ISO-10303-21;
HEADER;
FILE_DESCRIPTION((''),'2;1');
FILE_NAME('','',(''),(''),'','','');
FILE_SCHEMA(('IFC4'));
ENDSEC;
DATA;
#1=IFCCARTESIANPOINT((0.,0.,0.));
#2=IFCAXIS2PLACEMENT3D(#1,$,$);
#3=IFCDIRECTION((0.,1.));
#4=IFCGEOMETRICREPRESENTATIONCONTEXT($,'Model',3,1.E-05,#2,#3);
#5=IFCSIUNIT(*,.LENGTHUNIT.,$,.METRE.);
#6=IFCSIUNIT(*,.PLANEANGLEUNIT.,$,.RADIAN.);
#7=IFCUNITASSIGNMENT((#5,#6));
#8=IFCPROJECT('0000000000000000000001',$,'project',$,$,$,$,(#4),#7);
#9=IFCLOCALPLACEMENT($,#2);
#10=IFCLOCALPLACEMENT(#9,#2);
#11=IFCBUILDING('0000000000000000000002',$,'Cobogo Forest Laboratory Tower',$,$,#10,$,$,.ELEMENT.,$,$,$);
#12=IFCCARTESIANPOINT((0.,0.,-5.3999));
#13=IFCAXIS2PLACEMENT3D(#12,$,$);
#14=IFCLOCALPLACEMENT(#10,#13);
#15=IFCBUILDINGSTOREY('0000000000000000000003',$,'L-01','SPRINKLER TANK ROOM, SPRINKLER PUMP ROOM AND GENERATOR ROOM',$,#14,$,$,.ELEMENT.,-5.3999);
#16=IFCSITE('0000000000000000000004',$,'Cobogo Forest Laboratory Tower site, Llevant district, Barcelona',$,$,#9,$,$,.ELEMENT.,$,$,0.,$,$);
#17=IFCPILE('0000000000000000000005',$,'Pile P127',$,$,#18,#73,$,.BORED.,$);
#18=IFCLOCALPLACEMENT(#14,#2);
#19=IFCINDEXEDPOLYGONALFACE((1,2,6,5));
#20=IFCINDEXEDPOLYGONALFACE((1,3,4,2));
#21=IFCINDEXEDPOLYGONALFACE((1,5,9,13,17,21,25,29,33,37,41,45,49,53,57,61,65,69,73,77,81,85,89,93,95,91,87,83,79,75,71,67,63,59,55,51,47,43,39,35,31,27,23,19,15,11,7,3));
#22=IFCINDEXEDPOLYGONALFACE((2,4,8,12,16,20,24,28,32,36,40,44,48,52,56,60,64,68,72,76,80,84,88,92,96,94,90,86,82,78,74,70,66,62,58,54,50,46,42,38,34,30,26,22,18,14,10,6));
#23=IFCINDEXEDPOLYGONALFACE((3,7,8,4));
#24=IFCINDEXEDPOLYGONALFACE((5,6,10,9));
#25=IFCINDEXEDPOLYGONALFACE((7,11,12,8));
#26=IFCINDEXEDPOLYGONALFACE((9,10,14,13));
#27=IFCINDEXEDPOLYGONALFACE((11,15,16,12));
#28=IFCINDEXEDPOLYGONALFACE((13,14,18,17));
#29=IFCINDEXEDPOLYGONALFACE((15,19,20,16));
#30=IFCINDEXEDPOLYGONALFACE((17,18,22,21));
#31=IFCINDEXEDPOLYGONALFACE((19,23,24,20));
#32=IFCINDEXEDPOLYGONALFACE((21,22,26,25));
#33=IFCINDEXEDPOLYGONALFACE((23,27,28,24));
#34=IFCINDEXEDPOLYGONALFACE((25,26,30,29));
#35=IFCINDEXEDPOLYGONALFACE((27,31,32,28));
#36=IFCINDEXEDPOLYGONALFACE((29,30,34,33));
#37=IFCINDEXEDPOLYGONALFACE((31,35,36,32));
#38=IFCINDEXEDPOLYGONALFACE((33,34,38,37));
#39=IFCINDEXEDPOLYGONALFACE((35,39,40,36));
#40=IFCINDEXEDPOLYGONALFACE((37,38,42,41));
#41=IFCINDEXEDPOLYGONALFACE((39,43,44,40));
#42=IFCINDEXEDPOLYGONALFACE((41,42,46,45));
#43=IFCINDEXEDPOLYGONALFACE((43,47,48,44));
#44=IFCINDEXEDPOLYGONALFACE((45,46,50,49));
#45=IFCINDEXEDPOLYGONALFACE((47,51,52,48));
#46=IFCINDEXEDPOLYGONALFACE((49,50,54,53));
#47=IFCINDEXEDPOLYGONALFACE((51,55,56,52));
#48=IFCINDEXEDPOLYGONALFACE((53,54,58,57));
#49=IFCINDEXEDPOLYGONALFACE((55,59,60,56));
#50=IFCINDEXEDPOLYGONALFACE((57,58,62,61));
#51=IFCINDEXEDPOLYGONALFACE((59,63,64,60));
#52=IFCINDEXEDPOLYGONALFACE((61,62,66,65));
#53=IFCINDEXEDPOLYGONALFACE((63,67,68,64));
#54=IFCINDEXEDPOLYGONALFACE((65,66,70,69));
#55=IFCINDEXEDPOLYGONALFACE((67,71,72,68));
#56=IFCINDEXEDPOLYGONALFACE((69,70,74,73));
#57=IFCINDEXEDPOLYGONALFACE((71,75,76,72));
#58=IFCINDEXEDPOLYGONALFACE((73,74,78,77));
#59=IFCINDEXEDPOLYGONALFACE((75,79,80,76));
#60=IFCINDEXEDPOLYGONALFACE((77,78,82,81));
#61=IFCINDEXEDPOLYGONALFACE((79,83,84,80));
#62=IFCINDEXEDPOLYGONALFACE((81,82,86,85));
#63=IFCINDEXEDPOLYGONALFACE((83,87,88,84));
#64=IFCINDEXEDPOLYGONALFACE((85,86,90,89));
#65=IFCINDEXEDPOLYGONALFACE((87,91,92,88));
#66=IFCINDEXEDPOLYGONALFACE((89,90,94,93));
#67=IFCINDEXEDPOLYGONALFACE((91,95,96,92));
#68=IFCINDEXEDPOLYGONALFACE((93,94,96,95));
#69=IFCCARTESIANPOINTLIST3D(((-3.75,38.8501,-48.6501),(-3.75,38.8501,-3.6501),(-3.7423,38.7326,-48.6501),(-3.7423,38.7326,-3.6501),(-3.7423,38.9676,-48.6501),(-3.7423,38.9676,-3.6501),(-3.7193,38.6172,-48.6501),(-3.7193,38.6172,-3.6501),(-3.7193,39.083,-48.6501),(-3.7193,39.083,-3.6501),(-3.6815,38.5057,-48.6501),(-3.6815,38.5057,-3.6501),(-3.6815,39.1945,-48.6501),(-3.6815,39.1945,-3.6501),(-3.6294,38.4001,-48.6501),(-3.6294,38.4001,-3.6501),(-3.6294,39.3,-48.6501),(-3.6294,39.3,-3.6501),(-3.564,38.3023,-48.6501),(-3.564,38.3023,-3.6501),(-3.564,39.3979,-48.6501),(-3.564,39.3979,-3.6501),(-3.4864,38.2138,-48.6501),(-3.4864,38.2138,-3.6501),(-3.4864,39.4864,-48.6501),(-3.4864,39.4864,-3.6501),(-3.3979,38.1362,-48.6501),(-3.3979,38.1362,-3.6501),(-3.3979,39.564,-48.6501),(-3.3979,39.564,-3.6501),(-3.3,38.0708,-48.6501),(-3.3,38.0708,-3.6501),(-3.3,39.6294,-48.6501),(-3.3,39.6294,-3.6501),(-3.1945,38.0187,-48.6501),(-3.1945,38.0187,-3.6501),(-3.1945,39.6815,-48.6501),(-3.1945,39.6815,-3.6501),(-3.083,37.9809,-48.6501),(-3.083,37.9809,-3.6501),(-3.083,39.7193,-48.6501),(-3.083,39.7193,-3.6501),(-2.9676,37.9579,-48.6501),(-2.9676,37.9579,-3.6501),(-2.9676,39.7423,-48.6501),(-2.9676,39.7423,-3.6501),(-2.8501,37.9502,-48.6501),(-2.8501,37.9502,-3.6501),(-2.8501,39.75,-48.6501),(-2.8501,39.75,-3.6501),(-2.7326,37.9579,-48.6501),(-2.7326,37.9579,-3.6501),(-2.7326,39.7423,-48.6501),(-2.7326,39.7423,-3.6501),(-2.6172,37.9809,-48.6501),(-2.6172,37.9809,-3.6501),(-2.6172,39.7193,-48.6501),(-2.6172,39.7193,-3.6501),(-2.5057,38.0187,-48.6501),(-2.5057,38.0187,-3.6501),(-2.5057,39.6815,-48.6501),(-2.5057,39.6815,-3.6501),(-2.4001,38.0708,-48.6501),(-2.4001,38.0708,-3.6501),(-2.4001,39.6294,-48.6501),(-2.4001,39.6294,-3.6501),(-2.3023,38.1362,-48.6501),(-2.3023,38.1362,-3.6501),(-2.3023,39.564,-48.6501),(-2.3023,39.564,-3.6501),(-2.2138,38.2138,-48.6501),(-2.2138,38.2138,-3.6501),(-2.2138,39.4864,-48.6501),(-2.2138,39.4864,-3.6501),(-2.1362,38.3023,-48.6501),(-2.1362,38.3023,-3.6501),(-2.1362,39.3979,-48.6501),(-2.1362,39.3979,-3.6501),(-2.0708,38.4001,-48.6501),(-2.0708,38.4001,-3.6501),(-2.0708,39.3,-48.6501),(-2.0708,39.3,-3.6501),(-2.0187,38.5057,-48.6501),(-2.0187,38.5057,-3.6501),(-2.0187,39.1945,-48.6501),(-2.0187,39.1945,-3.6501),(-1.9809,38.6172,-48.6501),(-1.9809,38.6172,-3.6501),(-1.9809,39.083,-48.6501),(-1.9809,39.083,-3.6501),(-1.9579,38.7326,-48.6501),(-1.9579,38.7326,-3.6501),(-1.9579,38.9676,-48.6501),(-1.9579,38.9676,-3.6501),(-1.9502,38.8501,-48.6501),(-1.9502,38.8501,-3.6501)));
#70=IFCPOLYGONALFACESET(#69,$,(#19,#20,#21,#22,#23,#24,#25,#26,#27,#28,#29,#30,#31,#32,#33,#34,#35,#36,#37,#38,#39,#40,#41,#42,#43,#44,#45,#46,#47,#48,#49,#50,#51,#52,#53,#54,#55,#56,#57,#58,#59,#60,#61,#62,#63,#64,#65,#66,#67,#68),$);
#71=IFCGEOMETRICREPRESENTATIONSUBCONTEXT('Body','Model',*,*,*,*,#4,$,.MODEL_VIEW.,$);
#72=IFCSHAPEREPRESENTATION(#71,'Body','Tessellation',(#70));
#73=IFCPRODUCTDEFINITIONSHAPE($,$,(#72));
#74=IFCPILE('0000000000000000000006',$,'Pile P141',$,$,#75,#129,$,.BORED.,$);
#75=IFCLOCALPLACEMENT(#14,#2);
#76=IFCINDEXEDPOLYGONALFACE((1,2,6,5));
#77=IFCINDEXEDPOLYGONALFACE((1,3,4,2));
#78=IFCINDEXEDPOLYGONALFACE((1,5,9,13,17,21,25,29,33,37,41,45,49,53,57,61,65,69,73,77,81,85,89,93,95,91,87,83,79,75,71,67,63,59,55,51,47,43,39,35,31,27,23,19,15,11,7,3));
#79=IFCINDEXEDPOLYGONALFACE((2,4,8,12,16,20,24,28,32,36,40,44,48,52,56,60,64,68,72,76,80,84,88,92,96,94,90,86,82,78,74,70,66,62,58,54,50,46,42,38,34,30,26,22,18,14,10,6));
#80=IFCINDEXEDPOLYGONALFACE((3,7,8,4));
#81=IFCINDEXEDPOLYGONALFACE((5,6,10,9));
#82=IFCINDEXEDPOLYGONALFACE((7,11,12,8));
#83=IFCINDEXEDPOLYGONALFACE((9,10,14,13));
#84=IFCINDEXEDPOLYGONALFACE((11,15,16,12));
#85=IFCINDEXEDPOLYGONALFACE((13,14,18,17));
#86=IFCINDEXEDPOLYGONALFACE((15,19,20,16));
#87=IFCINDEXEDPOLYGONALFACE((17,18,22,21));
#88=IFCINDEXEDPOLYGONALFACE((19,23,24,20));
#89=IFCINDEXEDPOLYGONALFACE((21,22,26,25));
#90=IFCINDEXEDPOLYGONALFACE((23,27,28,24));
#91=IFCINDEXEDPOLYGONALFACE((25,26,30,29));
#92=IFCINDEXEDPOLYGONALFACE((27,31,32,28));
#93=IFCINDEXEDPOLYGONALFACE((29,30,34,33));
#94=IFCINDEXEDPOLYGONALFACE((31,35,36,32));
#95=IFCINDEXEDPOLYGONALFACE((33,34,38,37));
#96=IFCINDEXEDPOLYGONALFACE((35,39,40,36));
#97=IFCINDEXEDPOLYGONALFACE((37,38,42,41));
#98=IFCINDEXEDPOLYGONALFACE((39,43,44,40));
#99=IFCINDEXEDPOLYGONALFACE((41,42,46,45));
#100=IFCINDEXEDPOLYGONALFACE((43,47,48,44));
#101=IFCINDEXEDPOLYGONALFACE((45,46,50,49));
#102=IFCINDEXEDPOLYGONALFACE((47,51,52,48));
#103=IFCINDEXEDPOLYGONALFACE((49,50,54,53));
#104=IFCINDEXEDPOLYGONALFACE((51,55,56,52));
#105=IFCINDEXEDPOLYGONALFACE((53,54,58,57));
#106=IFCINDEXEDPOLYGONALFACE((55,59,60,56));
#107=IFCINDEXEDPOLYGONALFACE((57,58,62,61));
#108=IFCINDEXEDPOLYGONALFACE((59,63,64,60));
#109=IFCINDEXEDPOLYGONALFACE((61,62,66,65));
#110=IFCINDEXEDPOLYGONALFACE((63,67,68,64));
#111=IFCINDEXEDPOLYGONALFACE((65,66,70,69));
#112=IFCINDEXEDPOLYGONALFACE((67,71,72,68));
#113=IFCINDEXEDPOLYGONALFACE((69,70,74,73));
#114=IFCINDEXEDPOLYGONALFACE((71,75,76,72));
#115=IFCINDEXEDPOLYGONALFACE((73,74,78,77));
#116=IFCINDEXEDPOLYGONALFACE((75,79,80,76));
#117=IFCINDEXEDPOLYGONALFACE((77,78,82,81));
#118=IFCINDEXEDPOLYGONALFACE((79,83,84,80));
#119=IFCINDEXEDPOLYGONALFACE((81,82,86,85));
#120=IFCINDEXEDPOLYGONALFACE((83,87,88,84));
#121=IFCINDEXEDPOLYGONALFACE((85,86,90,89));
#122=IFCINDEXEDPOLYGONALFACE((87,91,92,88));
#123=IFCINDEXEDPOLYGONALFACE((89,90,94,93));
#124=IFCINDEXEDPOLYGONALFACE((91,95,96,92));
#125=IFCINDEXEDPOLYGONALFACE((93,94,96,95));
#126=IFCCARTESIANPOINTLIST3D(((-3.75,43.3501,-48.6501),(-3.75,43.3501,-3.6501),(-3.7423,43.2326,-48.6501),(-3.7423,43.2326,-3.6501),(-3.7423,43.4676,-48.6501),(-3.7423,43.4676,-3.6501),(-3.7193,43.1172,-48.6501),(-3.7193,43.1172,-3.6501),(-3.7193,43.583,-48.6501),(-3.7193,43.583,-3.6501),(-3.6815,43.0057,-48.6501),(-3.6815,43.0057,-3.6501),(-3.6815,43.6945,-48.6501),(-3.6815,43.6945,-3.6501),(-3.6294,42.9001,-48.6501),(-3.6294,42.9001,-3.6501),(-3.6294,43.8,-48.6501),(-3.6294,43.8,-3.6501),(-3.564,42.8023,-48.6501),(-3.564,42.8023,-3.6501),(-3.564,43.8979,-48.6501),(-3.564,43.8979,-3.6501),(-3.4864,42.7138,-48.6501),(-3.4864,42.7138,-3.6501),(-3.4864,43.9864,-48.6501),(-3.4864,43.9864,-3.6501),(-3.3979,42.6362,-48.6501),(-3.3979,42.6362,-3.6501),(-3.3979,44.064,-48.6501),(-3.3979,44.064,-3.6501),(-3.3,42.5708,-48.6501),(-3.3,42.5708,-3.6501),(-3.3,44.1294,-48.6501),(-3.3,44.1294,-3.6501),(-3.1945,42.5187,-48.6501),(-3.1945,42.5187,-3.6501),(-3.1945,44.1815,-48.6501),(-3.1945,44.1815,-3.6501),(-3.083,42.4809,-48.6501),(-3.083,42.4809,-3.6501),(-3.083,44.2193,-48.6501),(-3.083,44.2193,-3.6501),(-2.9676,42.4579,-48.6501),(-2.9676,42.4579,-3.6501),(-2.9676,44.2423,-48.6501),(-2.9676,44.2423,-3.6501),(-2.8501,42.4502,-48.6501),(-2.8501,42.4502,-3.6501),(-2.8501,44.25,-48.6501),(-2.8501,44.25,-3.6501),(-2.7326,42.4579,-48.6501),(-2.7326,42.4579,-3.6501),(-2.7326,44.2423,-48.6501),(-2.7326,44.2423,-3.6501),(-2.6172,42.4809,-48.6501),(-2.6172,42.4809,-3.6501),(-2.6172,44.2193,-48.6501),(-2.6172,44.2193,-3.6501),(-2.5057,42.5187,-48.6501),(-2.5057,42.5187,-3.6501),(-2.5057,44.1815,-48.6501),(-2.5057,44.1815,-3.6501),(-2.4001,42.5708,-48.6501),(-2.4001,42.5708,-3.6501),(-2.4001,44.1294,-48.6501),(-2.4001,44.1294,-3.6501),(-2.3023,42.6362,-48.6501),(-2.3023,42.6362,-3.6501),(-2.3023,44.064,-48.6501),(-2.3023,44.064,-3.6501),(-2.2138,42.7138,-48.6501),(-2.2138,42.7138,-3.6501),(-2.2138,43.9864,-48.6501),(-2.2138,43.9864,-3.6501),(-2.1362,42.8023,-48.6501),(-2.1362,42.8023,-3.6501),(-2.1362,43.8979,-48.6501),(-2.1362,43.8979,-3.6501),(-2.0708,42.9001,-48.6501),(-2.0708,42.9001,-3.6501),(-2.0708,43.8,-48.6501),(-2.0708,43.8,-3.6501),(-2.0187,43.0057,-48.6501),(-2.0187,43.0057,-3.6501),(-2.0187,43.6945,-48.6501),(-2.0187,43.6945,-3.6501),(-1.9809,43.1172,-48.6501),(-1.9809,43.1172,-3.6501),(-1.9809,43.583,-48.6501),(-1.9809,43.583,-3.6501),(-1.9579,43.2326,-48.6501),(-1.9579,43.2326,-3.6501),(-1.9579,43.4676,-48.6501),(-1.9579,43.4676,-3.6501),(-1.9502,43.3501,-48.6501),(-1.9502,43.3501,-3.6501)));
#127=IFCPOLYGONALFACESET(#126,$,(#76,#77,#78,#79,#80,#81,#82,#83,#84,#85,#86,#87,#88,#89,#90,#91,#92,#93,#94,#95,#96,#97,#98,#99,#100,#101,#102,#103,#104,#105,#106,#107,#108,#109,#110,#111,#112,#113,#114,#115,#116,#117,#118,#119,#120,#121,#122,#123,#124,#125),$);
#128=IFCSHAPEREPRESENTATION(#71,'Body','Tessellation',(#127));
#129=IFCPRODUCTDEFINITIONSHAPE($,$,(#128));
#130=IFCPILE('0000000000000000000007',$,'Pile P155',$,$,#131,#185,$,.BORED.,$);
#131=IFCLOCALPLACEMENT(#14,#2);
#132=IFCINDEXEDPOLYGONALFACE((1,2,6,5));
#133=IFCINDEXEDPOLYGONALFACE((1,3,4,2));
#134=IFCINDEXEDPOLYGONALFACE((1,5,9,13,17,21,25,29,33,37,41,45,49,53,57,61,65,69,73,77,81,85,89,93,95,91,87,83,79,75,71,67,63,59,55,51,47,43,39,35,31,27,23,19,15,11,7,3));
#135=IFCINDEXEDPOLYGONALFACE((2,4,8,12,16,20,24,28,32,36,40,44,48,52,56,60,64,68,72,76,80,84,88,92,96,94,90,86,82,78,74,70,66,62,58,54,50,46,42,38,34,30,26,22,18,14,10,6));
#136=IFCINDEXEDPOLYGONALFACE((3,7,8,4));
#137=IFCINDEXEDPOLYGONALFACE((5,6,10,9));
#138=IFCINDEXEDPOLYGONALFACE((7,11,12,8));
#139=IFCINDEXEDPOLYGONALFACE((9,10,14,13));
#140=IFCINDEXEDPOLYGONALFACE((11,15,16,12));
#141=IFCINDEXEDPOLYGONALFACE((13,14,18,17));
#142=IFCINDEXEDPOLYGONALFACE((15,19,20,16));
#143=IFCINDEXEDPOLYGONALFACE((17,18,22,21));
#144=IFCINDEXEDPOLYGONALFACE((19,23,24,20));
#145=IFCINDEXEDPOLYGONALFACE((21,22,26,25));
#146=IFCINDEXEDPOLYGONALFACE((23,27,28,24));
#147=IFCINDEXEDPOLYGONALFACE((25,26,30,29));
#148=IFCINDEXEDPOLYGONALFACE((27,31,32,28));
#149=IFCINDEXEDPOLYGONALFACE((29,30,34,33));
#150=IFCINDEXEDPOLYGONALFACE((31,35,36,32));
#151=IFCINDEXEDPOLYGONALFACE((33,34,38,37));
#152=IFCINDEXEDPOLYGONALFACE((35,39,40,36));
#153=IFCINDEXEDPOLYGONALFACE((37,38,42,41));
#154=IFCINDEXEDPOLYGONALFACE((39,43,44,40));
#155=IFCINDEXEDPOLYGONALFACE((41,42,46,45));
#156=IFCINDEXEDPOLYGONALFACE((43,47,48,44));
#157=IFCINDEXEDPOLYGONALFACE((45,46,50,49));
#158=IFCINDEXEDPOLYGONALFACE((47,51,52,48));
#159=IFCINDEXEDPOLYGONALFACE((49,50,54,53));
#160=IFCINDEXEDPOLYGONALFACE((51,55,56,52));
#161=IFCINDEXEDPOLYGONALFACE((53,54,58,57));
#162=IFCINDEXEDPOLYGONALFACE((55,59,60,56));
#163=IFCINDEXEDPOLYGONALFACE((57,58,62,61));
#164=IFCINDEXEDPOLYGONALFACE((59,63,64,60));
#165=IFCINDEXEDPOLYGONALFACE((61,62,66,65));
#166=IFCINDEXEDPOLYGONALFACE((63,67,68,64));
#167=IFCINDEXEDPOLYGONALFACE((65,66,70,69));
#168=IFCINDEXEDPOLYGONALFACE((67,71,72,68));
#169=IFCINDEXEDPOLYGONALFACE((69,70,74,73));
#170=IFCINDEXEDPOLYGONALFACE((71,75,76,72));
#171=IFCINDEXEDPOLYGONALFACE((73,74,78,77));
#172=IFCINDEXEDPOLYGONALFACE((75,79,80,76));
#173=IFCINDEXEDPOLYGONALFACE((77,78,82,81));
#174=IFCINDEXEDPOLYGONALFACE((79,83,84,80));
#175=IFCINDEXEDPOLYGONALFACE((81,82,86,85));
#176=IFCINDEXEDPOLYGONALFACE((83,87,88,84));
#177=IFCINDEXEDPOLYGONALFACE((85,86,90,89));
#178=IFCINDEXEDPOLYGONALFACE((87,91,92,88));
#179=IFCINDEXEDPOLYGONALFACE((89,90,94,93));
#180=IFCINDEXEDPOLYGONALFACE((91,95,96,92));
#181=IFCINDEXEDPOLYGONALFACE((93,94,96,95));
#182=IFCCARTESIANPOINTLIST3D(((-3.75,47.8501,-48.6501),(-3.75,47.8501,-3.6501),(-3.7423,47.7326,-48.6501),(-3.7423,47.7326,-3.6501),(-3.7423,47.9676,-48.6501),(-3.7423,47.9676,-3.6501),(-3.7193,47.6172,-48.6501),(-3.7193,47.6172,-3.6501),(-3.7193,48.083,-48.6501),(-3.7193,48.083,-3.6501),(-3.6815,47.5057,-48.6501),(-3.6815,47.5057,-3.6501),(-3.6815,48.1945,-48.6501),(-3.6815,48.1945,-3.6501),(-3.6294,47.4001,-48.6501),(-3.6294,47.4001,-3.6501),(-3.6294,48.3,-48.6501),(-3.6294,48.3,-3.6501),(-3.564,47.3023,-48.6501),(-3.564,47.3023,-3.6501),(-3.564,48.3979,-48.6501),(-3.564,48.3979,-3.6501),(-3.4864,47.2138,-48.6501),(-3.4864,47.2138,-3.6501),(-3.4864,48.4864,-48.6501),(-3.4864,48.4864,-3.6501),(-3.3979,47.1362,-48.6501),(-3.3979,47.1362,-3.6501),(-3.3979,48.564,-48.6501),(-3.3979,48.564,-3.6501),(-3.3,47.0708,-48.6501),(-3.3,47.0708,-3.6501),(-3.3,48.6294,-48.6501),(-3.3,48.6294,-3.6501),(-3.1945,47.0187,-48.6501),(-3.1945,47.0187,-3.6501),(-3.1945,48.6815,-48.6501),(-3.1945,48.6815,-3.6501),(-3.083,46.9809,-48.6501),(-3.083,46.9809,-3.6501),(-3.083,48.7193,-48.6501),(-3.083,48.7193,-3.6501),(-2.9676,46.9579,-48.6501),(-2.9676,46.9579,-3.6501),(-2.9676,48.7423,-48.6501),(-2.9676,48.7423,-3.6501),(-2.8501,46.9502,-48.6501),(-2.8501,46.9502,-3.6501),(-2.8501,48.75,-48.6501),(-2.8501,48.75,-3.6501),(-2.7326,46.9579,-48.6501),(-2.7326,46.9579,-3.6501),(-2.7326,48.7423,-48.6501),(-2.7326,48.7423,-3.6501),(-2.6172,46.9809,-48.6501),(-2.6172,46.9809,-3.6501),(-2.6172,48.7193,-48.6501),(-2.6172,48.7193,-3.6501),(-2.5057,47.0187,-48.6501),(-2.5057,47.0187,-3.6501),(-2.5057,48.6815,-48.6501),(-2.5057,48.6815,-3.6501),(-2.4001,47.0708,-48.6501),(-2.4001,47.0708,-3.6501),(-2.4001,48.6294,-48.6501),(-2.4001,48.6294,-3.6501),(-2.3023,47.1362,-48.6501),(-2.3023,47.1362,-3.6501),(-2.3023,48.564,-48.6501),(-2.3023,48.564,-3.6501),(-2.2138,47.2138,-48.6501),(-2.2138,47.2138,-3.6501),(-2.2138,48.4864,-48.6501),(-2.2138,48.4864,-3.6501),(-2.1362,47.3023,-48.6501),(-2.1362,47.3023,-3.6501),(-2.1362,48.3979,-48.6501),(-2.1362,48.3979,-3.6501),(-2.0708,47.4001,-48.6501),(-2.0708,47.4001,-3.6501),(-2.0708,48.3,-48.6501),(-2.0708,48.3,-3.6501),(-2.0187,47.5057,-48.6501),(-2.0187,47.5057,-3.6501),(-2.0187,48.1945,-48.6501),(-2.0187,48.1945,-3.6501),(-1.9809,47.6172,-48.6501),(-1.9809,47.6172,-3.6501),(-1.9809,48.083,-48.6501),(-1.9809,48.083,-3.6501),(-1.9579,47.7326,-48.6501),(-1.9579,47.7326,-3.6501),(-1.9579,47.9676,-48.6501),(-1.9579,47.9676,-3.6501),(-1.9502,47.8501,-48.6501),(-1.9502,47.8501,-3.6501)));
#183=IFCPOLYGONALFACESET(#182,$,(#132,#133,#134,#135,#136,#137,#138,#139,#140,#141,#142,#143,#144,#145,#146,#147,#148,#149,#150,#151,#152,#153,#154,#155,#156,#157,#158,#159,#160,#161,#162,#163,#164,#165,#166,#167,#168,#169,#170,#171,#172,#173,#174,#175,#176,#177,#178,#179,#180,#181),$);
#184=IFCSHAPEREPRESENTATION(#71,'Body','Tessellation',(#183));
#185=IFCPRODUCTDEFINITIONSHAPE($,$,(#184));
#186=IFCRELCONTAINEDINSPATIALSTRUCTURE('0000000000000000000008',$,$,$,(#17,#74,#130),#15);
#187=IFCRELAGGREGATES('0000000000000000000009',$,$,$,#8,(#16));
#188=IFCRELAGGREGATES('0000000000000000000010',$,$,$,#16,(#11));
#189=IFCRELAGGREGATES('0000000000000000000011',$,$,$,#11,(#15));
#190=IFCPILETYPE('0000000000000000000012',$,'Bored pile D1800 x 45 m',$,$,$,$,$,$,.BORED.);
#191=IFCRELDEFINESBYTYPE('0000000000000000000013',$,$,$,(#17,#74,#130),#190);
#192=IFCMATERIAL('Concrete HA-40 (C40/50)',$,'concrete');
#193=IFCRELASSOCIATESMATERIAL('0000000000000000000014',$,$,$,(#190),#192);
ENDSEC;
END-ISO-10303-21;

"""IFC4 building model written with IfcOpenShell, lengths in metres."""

from ifc_helpers import new_model, si_unit, direction, frame, origin, origin_2d, place, context, subcontext, project, spatial, circle, extrude, material, material_profile, profile_set, type_object, element, save


model = new_model("IFC4")

# Units and contexts
model_context = context("Model", 3, precision=1e-05, world=origin(), true_north=direction((0.0, 1.0)))
body_context = subcontext(model_context, "Body", "Model", "MODEL_VIEW")
ifc_project = project(units=[si_unit("LENGTHUNIT", "METRE"), si_unit("PLANEANGLEUNIT", "RADIAN")], contexts=[model_context])

# Site, building, storey
site_placement = place(None, origin())
site = spatial("IfcSite", under=ifc_project, at=site_placement, Name="Cobogo Forest Laboratory Tower site, Llevant district, Barcelona", CompositionType="ELEMENT", RefElevation=0.0)
building_placement = place(site_placement, origin())
building = spatial("IfcBuilding", under=site, at=building_placement, Name="Cobogo Forest Laboratory Tower", CompositionType="ELEMENT")
storey_placement = place(building_placement, frame((0.0, 0.0, -5.3999)))
storey = spatial("IfcBuildingStorey", under=building, at=storey_placement, Name="L-01", Description="SPRINKLER TANK ROOM, SPRINKLER PUMP ROOM AND GENERATOR ROOM", CompositionType="ELEMENT", Elevation=-5.3999)

# Piles
ifc_material_1 = material(Name="Concrete HA-40 (C40/50)", Category="concrete")
ifc_material_profile_1 = material_profile(ifc_material_1, circle(Radius=0.8999, at=origin_2d()), Name="PILE D1800")
ifc_profile_set_1 = profile_set([ifc_material_profile_1], Name="Concrete HA-40 (C40/50)")
pile_type_1 = type_object("IfcPileType", Name="Bored pile D1800 x 45 m", PredefinedType="BORED", material=ifc_profile_set_1)
for number, where, z_axis, x_axis, name in (
    (1, (-2.8501, 38.8501, -3.6501), (0.0, 0.0, -1.0), (1.0, 0.0, 0.0), "Pile P127"),
    (2, (-2.8501, 43.3501, -3.6501), (0.0, 0.0, -1.0), (1.0, 0.0, 0.0), "Pile P141"),
    (3, (-2.8501, 47.8501, -3.6501), (0.0, 0.0, -1.0), (1.0, 0.0, 0.0), "Pile P155"),
):
    element("IfcPile", number, at=place(storey_placement, frame(where, z_axis=z_axis, x_axis=x_axis)), inside=storey, type_object=pile_type_1, Name=name, PredefinedType="BORED", context=body_context, shape_type="SweptSolid", body=[
        extrude(circle(Radius=0.8999, at=origin_2d()), origin(), (0.0, 0.0, 1.0), 45.0),
    ])

save(model, "model.ifc")
